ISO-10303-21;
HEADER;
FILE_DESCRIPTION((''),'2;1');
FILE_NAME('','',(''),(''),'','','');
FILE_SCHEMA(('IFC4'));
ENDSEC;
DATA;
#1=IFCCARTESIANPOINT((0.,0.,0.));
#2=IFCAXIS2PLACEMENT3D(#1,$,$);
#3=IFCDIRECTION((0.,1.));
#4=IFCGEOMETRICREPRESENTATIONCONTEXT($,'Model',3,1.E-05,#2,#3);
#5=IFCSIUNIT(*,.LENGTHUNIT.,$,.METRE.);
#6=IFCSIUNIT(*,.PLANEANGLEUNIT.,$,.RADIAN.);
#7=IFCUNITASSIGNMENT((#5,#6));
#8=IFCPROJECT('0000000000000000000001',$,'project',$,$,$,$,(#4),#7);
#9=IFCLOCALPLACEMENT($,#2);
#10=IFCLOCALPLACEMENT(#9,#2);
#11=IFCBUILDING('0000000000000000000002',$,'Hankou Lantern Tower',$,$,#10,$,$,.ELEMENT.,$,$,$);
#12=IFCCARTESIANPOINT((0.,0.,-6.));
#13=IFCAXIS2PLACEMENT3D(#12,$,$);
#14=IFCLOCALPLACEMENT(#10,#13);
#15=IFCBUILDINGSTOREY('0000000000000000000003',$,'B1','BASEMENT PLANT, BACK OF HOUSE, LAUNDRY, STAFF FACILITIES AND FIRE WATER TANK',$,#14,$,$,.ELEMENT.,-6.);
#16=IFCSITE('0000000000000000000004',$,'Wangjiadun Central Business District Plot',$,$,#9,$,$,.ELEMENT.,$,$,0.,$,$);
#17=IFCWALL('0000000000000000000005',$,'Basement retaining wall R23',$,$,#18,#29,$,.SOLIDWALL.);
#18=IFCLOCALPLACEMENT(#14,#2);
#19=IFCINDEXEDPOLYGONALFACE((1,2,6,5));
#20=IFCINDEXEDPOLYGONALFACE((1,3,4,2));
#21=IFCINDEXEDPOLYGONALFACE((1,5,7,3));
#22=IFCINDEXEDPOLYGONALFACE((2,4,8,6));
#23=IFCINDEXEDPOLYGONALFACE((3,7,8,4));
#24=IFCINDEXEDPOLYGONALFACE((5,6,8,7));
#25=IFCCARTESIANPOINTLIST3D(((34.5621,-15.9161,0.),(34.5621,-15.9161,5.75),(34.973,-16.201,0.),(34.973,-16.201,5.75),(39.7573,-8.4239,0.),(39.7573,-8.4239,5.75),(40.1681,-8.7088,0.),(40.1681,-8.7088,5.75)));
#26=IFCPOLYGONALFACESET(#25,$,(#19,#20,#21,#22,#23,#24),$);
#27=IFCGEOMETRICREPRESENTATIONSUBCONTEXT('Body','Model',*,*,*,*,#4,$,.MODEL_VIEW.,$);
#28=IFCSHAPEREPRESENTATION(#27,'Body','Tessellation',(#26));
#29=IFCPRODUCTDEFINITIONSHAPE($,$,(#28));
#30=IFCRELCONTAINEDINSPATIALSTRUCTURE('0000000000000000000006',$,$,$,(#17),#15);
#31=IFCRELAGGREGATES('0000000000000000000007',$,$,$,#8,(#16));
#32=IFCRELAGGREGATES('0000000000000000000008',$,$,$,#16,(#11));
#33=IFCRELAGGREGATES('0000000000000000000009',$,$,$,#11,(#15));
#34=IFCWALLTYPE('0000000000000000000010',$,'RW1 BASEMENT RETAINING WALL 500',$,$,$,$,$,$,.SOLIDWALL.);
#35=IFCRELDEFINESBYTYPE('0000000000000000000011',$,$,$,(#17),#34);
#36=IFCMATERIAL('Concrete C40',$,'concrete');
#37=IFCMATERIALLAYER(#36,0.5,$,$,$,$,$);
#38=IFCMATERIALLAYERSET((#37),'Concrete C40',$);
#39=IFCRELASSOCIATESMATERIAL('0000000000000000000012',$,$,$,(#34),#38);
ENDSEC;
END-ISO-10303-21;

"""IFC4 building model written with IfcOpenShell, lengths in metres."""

from ifc_helpers import new_model, si_unit, direction, frame, frame_2d, origin, place, context, subcontext, project, spatial, rectangle, extrude, material, layer, layer_set, type_object, element, save


model = new_model("IFC4")

# Units and contexts
model_context = context("Model", 3, precision=1e-05, world=origin(), true_north=direction((0.0, 1.0)))
body_context = subcontext(model_context, "Body", "Model", "MODEL_VIEW")
ifc_project = project(units=[si_unit("LENGTHUNIT", "METRE"), si_unit("PLANEANGLEUNIT", "RADIAN")], contexts=[model_context])

# Site, building, storey
site_placement = place(None, origin())
site = spatial("IfcSite", under=ifc_project, at=site_placement, Name="Wangjiadun Central Business District Plot", CompositionType="ELEMENT", RefElevation=0.0)
building_placement = place(site_placement, origin())
building = spatial("IfcBuilding", under=site, at=building_placement, Name="Hankou Lantern Tower", CompositionType="ELEMENT")
storey_placement = place(building_placement, frame((0.0, 0.0, -6.0)))
storey = spatial("IfcBuildingStorey", under=building, at=storey_placement, Name="B1", Description="BASEMENT PLANT, BACK OF HOUSE, LAUNDRY, STAFF FACILITIES AND FIRE WATER TANK", CompositionType="ELEMENT", Elevation=-6.0)

# Wall
ifc_material_1 = material(Name="Concrete C40", Category="concrete")
ifc_layer_1 = layer(ifc_material_1, 0.5)
ifc_layer_set_1 = layer_set([ifc_layer_1], Name="Concrete C40")
wall_type_1 = type_object("IfcWallType", Name="RW1 BASEMENT RETAINING WALL 500", PredefinedType="SOLIDWALL", material=ifc_layer_set_1)
wall_1_placement = place(storey_placement, frame((34.7676, -16.0586, 0.0), z_axis=(0.0, 0.0, 1.0), x_axis=(0.569816, 0.821773, 0.0)))
element("IfcWall", 1, at=wall_1_placement, inside=storey, type_object=wall_type_1, Name="Basement retaining wall R23", PredefinedType="SOLIDWALL", context=body_context, shape_type="SweptSolid", body=[
    extrude(rectangle(XDim=9.1172, YDim=0.5, at=frame_2d((4.5586, 0.0))), origin(), (0.0, 0.0, 1.0), 5.75),
])

save(model, "model.ifc")
